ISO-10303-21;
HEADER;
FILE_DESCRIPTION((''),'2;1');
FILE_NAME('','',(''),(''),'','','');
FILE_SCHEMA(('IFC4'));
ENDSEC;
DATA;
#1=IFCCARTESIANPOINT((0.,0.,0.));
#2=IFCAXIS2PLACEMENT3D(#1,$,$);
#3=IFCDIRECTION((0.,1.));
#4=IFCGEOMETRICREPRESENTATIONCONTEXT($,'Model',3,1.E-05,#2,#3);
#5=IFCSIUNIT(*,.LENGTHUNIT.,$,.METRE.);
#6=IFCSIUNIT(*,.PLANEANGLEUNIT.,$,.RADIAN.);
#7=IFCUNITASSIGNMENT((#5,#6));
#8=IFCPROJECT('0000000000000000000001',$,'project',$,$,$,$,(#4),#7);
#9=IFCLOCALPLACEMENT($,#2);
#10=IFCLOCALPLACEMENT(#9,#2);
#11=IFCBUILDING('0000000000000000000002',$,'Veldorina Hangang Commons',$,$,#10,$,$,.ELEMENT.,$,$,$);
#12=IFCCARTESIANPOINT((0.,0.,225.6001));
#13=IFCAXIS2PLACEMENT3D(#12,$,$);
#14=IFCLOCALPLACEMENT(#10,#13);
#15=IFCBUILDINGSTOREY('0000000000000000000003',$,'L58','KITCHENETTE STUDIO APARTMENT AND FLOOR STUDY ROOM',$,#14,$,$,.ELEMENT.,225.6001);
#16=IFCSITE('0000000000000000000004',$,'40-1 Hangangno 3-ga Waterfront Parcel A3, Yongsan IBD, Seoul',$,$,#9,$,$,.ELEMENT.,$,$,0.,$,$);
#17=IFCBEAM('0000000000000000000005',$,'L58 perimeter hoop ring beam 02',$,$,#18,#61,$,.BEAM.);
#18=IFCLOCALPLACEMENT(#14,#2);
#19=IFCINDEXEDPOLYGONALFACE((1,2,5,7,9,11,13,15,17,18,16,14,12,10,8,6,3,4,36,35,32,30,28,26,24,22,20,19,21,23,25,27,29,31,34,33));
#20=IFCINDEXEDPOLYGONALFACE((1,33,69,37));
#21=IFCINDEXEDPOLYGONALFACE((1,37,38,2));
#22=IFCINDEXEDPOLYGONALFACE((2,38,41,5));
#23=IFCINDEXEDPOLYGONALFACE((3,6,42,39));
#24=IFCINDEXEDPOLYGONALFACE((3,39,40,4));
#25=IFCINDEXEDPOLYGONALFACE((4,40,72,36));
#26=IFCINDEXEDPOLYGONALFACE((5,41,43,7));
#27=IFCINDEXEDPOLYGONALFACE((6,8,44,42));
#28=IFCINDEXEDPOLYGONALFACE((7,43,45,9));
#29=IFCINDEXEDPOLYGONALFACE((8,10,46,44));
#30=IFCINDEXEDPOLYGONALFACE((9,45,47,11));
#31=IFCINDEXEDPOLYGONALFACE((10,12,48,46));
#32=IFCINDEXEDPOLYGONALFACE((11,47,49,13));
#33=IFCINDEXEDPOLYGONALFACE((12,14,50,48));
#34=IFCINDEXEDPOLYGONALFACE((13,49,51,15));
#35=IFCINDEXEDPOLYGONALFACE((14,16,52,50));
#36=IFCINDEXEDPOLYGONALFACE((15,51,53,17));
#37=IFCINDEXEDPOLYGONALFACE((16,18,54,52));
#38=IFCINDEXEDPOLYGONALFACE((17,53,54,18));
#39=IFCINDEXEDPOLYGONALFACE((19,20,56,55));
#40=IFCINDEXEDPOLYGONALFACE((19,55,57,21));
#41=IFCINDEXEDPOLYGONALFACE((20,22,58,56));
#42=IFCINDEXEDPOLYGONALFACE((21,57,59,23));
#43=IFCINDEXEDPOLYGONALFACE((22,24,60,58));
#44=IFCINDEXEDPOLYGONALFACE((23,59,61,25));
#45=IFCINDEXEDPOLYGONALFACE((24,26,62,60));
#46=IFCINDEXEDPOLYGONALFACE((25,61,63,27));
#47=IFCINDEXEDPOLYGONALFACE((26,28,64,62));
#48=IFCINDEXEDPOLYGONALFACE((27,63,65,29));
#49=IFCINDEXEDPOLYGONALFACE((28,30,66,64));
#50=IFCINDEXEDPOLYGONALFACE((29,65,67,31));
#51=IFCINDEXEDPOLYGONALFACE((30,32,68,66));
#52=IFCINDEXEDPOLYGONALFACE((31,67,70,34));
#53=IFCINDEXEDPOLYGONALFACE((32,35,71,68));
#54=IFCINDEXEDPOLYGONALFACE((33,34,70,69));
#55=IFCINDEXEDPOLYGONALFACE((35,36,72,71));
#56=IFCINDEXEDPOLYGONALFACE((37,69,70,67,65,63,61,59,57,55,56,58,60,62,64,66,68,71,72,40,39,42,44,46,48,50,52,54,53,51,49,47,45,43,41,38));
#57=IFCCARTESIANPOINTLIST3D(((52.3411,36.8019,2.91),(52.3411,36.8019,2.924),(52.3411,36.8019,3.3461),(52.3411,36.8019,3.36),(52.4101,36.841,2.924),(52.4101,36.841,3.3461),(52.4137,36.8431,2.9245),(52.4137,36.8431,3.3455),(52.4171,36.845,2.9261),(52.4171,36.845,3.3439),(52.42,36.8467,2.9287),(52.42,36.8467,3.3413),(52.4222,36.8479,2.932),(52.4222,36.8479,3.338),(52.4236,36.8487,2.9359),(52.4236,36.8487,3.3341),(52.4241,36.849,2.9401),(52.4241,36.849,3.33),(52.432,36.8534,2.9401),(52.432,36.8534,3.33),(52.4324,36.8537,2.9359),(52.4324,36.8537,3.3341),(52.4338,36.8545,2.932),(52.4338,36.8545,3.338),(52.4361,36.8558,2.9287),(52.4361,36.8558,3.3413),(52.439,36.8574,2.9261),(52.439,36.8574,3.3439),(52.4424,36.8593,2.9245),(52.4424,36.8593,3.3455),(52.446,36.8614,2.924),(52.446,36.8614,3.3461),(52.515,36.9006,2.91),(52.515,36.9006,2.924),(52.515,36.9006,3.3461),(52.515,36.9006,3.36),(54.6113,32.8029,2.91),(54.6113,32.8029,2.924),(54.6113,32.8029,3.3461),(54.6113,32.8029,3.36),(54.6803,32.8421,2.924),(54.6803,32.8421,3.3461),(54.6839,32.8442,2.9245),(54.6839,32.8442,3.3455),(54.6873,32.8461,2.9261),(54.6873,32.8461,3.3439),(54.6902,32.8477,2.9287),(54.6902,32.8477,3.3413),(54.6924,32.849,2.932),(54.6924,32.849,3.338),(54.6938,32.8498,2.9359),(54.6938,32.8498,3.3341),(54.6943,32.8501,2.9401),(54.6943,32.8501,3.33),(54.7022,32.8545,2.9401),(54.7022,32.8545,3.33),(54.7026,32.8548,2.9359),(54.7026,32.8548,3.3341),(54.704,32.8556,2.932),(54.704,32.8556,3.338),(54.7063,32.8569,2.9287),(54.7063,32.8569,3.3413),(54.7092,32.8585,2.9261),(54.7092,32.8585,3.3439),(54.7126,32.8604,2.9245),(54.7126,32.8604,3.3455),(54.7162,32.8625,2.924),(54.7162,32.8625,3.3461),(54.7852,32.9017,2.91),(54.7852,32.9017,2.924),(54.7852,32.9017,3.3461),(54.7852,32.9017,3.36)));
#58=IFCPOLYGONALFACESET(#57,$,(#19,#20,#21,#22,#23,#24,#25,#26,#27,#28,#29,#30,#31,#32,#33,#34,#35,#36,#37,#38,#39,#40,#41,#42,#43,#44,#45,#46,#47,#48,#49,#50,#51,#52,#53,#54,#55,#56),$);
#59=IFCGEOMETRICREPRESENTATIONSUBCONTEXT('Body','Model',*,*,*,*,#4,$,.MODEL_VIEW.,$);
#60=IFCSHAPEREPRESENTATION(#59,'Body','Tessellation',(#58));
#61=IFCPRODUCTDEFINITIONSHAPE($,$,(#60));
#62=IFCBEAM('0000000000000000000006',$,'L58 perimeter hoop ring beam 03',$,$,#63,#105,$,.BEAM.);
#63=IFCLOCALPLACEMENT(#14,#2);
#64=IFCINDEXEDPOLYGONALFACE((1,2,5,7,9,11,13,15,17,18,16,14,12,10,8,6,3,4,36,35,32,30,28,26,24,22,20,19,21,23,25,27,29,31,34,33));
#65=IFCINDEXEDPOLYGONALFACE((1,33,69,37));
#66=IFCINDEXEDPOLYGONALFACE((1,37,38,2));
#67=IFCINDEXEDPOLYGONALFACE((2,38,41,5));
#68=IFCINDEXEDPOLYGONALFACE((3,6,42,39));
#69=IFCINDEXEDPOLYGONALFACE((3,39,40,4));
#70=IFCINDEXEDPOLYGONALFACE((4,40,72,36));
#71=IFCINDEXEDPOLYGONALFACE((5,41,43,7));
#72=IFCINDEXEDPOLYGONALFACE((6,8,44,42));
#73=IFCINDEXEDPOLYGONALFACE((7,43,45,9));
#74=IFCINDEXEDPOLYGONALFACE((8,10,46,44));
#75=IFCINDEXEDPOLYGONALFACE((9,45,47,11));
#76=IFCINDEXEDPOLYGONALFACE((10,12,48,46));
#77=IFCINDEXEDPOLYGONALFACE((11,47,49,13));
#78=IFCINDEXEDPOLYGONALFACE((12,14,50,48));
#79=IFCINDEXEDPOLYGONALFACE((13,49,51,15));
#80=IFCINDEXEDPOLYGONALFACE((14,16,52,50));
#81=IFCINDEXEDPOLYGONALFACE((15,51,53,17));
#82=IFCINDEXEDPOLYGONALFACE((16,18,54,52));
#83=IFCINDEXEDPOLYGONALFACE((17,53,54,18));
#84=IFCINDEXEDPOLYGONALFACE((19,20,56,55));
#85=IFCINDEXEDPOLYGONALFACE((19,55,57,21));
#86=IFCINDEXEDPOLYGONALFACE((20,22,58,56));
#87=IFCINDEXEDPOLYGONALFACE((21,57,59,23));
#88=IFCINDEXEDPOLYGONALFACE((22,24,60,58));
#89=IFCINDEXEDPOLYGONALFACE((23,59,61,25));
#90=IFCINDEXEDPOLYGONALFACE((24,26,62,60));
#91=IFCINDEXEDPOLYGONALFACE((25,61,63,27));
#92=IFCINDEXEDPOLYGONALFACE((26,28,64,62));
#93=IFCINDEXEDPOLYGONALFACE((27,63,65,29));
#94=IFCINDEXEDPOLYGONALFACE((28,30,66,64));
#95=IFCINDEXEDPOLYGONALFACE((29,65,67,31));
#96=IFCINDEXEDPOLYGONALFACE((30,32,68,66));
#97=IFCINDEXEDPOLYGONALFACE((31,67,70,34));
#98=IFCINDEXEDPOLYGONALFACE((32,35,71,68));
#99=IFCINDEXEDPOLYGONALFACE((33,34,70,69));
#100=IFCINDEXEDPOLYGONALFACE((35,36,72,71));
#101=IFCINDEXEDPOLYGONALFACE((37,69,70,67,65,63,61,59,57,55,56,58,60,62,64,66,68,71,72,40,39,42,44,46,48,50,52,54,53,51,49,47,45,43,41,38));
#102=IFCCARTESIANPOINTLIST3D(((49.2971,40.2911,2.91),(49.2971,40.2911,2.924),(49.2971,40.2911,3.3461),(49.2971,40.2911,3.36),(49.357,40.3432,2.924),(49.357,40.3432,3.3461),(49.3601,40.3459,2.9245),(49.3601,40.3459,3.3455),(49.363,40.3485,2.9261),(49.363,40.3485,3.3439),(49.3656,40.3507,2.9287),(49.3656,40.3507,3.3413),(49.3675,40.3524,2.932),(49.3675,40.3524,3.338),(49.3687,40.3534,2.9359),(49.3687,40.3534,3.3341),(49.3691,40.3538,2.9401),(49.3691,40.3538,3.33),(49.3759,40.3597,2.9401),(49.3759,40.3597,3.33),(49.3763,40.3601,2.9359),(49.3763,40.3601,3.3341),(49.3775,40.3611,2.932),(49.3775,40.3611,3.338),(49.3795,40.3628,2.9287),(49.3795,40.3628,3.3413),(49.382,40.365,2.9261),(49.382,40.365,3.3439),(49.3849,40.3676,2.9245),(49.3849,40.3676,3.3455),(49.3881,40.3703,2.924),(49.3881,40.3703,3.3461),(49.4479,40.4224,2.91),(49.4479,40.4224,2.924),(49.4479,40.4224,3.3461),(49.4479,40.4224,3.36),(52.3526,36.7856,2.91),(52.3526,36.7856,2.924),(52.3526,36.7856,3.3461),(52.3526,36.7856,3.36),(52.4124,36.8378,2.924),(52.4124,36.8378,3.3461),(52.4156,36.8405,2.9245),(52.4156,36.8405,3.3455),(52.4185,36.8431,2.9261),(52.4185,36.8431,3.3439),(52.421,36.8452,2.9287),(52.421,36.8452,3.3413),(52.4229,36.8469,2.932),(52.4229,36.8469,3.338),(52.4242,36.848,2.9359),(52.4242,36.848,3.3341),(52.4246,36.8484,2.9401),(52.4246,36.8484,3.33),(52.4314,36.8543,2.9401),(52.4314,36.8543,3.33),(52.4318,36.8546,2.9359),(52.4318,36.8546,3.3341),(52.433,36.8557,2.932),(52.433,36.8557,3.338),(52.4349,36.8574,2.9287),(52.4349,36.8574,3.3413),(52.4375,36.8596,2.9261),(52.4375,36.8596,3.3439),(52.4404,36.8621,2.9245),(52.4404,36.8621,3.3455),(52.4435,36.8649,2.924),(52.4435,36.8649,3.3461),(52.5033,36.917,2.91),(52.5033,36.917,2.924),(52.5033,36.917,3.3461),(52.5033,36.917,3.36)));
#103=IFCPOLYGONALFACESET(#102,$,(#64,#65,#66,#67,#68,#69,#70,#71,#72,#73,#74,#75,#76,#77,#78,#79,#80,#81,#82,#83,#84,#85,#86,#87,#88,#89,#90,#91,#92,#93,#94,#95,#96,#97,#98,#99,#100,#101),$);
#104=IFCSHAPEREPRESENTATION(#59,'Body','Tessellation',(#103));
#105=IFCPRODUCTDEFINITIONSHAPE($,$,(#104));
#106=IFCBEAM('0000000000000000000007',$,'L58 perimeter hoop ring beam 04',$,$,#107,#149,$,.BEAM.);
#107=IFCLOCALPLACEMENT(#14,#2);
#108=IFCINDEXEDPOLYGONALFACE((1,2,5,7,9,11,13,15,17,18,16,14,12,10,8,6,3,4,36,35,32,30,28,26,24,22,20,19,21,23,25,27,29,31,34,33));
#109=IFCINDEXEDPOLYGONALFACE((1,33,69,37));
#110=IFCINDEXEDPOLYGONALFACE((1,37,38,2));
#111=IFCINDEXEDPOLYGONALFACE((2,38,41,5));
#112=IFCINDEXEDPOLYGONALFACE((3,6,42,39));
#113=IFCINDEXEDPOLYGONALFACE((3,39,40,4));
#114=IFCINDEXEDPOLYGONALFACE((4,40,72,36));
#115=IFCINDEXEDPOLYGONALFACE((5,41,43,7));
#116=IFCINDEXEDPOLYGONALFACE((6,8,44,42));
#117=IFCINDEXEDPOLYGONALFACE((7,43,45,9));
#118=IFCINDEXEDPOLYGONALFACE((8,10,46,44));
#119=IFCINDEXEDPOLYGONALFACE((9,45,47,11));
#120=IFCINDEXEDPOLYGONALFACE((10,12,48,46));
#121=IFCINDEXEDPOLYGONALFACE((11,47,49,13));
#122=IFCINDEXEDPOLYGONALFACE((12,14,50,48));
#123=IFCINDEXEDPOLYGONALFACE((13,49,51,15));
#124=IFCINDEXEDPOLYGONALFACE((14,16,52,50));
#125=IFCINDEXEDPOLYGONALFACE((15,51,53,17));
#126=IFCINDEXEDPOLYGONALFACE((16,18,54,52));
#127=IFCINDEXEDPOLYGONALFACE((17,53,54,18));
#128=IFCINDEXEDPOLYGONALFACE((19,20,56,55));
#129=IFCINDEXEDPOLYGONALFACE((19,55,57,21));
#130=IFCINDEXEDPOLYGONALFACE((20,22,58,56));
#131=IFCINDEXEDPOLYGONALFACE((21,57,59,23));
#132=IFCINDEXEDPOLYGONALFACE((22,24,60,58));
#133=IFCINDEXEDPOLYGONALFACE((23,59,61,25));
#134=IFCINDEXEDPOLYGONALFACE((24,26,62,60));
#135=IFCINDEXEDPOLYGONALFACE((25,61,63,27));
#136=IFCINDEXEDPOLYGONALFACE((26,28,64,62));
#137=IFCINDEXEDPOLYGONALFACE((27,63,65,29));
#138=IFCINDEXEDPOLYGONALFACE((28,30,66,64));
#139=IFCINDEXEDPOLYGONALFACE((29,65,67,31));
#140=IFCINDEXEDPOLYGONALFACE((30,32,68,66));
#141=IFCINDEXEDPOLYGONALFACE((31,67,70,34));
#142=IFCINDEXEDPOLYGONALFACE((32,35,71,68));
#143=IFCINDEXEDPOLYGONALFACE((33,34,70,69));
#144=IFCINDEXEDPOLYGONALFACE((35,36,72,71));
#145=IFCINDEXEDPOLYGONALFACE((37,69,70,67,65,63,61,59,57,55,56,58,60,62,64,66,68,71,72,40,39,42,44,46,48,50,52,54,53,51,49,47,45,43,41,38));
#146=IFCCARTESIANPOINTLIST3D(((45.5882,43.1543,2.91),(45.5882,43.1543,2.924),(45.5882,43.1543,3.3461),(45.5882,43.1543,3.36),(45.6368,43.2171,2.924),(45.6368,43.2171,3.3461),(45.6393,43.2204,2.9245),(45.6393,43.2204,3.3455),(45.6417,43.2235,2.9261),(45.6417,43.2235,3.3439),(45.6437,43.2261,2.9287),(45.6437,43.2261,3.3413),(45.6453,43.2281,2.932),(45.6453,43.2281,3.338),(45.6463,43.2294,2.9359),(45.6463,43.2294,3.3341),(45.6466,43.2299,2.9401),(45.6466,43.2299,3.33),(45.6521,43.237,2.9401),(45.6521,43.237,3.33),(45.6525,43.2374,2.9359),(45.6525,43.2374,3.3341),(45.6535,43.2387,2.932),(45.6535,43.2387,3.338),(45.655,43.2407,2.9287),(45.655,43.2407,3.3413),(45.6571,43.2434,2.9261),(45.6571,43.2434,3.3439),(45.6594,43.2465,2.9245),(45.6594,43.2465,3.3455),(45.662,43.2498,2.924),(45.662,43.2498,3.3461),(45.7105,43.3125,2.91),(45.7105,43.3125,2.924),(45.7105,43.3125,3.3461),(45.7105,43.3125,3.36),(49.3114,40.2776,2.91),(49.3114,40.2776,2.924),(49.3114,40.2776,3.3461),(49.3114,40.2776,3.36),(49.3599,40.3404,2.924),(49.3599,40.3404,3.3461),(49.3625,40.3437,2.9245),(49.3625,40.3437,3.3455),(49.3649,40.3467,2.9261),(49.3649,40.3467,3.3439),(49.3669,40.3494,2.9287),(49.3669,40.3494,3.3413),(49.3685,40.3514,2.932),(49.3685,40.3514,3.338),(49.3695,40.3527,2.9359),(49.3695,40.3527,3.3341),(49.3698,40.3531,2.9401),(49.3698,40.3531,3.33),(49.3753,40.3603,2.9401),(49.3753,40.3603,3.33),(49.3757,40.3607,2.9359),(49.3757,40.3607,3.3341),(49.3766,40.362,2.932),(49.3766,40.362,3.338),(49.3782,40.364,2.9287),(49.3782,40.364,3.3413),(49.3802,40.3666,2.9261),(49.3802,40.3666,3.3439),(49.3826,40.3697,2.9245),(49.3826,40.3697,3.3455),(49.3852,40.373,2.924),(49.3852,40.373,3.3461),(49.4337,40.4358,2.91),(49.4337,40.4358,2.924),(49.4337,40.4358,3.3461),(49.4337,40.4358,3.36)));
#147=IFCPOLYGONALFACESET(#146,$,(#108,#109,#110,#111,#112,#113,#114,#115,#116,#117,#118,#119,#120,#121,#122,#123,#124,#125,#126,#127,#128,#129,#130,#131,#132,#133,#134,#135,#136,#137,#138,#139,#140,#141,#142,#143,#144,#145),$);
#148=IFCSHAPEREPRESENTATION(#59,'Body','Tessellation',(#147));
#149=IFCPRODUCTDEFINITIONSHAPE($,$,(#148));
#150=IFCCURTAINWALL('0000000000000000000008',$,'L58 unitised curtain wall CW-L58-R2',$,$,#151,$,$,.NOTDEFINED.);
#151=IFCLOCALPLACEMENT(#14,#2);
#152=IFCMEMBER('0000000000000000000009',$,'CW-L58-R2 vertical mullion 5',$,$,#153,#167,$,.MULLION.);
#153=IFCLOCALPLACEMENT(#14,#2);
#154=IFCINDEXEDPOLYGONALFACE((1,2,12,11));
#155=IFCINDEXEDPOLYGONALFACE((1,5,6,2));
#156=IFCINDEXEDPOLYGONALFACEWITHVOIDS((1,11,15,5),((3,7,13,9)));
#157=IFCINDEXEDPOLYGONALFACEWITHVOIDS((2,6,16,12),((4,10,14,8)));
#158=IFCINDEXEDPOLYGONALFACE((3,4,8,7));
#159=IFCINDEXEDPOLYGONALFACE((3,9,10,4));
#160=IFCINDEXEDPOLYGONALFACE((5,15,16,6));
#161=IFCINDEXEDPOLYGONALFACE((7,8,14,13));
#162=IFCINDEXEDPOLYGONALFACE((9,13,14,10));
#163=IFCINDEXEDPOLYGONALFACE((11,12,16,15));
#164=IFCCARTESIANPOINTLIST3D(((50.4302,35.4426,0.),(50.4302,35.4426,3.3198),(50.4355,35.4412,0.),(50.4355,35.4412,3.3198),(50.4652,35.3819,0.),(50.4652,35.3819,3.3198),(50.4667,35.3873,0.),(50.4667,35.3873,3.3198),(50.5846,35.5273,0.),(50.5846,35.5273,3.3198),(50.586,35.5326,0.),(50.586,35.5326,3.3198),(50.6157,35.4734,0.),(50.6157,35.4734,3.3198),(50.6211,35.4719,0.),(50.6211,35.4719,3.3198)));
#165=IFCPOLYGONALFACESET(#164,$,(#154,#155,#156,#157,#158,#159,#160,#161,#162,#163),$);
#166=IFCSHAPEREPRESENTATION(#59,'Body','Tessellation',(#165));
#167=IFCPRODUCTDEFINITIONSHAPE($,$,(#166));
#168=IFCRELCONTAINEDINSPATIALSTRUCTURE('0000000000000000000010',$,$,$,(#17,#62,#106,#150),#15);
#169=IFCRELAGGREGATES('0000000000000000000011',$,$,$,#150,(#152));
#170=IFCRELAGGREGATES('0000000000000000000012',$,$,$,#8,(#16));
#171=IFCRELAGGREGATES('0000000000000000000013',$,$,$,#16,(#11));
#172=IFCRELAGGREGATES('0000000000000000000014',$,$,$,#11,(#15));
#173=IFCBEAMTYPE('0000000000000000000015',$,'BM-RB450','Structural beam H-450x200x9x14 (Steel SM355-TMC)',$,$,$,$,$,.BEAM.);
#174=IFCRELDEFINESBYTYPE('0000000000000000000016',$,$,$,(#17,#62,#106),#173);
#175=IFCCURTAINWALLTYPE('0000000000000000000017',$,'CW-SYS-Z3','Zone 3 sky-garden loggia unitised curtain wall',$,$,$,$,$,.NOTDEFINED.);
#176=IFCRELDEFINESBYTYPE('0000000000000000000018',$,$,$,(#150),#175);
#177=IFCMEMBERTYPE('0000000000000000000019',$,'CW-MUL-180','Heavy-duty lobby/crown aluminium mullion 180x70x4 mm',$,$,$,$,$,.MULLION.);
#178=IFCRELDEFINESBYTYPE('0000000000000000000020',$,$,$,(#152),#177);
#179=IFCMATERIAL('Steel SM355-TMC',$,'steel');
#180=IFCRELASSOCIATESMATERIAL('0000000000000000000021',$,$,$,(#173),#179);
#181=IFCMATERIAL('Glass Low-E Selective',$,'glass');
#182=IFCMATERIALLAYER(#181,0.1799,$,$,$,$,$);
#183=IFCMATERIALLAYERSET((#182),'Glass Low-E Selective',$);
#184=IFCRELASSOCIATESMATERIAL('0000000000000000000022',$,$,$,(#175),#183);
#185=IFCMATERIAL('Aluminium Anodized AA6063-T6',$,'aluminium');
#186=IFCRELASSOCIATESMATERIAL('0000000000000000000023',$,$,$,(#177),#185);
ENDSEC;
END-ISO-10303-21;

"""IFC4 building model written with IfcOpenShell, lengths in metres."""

from ifc_helpers import new_model, si_unit, direction, frame, origin, origin_2d, place, context, subcontext, project, spatial, hollow_rectangle, i_section, extrude, material, layer, layer_set, material_profile, profile_set, type_object, element, aggregate, save


model = new_model("IFC4")

# Units and contexts
model_context = context("Model", 3, precision=1e-05, world=origin(), true_north=direction((0.0, 1.0)))
body_context = subcontext(model_context, "Body", "Model", "MODEL_VIEW")
ifc_project = project(units=[si_unit("LENGTHUNIT", "METRE"), si_unit("PLANEANGLEUNIT", "RADIAN")], contexts=[model_context])

# Site, building, storey
site_placement = place(None, origin())
site = spatial("IfcSite", under=ifc_project, at=site_placement, Name="40-1 Hangangno 3-ga Waterfront Parcel A3, Yongsan IBD, Seoul", CompositionType="ELEMENT", RefElevation=0.0)
building_placement = place(site_placement, origin())
building = spatial("IfcBuilding", under=site, at=building_placement, Name="Veldorina Hangang Commons", CompositionType="ELEMENT")
storey_placement = place(building_placement, frame((0.0, 0.0, 225.6001)))
storey = spatial("IfcBuildingStorey", under=building, at=storey_placement, Name="L58", Description="KITCHENETTE STUDIO APARTMENT AND FLOOR STUDY ROOM", CompositionType="ELEMENT", Elevation=225.6001)

# Beams
ifc_material_1 = material(Name="Steel SM355-TMC", Category="steel")
ifc_material_profile_1 = material_profile(ifc_material_1, i_section(OverallWidth=0.2, OverallDepth=0.45, WebThickness=0.009, FlangeThickness=0.0139, FilletRadius=0.0161, at=origin_2d()), Name="H-450x200x9x14")
ifc_profile_set_1 = profile_set([ifc_material_profile_1], Name="Steel SM355-TMC")
beam_type = type_object("IfcBeamType", Name="BM-RB450", Description="Structural beam H-450x200x9x14 (Steel SM355-TMC)", PredefinedType="BEAM", material=ifc_profile_set_1)
beam_1_placement = place(storey_placement, frame((54.6982, 32.8523, 3.135), z_axis=(-0.493696, 0.869635, 0.0), x_axis=(-0.869635, -0.493696, 0.0)))
element("IfcBeam", 1, at=beam_1_placement, inside=storey, type_object=beam_type, Name="L58 perimeter hoop ring beam 02", PredefinedType="BEAM", context=body_context, shape_type="SweptSolid", body=[
    extrude(i_section(OverallWidth=0.2, OverallDepth=0.45, WebThickness=0.009, FlangeThickness=0.0139, FilletRadius=0.0161, at=origin_2d()), origin(), (0.0, 0.0, 1.0), 4.5984),
])
beam_2_placement = place(storey_placement, frame((52.428, 36.8513, 3.135), z_axis=(-0.657069, 0.753831, 0.0), x_axis=(-0.753831, -0.657069, 0.0)))
element("IfcBeam", 2, at=beam_2_placement, inside=storey, type_object=beam_type, Name="L58 perimeter hoop ring beam 03", PredefinedType="BEAM", context=body_context, shape_type="SweptSolid", body=[
    extrude(i_section(OverallWidth=0.2, OverallDepth=0.45, WebThickness=0.009, FlangeThickness=0.0139, FilletRadius=0.0161, at=origin_2d()), origin(), (0.0, 0.0, 1.0), 4.6501),
])
beam_3_placement = place(storey_placement, frame((49.3726, 40.3567, 3.135), z_axis=(-0.791312, 0.611412, 0.0), x_axis=(-0.611412, -0.791312, 0.0)))
element("IfcBeam", 3, at=beam_3_placement, inside=storey, type_object=beam_type, Name="L58 perimeter hoop ring beam 04", PredefinedType="BEAM", context=body_context, shape_type="SweptSolid", body=[
    extrude(i_section(OverallWidth=0.2, OverallDepth=0.45, WebThickness=0.009, FlangeThickness=0.0139, FilletRadius=0.0161, at=origin_2d()), origin(), (0.0, 0.0, 1.0), 4.7051),
])

# Curtain wall, member
ifc_material_2 = material(Name="Glass Low-E Selective", Category="glass")
ifc_layer_1 = layer(ifc_material_2, 0.1799)
ifc_layer_set_1 = layer_set([ifc_layer_1], Name="Glass Low-E Selective")
curtain_wall_type = type_object("IfcCurtainWallType", Name="CW-SYS-Z3", Description="Zone 3 sky-garden loggia unitised curtain wall", PredefinedType="NOTDEFINED", material=ifc_layer_set_1)
curtain_wall_placement = place(storey_placement, origin())
curtain_wall = element("IfcCurtainWall", 4, at=curtain_wall_placement, inside=storey, type_object=curtain_wall_type, Name="L58 unitised curtain wall CW-L58-R2", PredefinedType="NOTDEFINED")
ifc_material_3 = material(Name="Aluminium Anodized AA6063-T6", Category="aluminium")
ifc_material_profile_2 = material_profile(ifc_material_3, hollow_rectangle(XDim=0.0701, YDim=0.1799, WallThickness=0.0039, at=origin_2d()), Name="ALU-RHS-180x70x4")
ifc_profile_set_2 = profile_set([ifc_material_profile_2], Name="Aluminium Anodized AA6063-T6")
member_type_1 = type_object("IfcMemberType", Name="CW-MUL-180", Description="Heavy-duty lobby/crown aluminium mullion 180x70x4 mm", PredefinedType="MULLION", material=ifc_profile_set_2)
member_1_placement = place(storey_placement, frame((50.5256, 35.4573, 0.0), z_axis=(0.0, 0.0, 1.0), x_axis=(0.500106, -0.865964, 0.0)))
member_1 = element("IfcMember", 5, at=member_1_placement, type_object=member_type_1, Name="CW-L58-R2 vertical mullion 5", PredefinedType="MULLION", context=body_context, shape_type="SweptSolid", body=[
    extrude(hollow_rectangle(XDim=0.0701, YDim=0.1799, WallThickness=0.0039, at=origin_2d()), origin(), (0.0, 0.0, 1.0), 3.3198),
])

aggregate(curtain_wall, [member_1])

save(model, "model.ifc")
